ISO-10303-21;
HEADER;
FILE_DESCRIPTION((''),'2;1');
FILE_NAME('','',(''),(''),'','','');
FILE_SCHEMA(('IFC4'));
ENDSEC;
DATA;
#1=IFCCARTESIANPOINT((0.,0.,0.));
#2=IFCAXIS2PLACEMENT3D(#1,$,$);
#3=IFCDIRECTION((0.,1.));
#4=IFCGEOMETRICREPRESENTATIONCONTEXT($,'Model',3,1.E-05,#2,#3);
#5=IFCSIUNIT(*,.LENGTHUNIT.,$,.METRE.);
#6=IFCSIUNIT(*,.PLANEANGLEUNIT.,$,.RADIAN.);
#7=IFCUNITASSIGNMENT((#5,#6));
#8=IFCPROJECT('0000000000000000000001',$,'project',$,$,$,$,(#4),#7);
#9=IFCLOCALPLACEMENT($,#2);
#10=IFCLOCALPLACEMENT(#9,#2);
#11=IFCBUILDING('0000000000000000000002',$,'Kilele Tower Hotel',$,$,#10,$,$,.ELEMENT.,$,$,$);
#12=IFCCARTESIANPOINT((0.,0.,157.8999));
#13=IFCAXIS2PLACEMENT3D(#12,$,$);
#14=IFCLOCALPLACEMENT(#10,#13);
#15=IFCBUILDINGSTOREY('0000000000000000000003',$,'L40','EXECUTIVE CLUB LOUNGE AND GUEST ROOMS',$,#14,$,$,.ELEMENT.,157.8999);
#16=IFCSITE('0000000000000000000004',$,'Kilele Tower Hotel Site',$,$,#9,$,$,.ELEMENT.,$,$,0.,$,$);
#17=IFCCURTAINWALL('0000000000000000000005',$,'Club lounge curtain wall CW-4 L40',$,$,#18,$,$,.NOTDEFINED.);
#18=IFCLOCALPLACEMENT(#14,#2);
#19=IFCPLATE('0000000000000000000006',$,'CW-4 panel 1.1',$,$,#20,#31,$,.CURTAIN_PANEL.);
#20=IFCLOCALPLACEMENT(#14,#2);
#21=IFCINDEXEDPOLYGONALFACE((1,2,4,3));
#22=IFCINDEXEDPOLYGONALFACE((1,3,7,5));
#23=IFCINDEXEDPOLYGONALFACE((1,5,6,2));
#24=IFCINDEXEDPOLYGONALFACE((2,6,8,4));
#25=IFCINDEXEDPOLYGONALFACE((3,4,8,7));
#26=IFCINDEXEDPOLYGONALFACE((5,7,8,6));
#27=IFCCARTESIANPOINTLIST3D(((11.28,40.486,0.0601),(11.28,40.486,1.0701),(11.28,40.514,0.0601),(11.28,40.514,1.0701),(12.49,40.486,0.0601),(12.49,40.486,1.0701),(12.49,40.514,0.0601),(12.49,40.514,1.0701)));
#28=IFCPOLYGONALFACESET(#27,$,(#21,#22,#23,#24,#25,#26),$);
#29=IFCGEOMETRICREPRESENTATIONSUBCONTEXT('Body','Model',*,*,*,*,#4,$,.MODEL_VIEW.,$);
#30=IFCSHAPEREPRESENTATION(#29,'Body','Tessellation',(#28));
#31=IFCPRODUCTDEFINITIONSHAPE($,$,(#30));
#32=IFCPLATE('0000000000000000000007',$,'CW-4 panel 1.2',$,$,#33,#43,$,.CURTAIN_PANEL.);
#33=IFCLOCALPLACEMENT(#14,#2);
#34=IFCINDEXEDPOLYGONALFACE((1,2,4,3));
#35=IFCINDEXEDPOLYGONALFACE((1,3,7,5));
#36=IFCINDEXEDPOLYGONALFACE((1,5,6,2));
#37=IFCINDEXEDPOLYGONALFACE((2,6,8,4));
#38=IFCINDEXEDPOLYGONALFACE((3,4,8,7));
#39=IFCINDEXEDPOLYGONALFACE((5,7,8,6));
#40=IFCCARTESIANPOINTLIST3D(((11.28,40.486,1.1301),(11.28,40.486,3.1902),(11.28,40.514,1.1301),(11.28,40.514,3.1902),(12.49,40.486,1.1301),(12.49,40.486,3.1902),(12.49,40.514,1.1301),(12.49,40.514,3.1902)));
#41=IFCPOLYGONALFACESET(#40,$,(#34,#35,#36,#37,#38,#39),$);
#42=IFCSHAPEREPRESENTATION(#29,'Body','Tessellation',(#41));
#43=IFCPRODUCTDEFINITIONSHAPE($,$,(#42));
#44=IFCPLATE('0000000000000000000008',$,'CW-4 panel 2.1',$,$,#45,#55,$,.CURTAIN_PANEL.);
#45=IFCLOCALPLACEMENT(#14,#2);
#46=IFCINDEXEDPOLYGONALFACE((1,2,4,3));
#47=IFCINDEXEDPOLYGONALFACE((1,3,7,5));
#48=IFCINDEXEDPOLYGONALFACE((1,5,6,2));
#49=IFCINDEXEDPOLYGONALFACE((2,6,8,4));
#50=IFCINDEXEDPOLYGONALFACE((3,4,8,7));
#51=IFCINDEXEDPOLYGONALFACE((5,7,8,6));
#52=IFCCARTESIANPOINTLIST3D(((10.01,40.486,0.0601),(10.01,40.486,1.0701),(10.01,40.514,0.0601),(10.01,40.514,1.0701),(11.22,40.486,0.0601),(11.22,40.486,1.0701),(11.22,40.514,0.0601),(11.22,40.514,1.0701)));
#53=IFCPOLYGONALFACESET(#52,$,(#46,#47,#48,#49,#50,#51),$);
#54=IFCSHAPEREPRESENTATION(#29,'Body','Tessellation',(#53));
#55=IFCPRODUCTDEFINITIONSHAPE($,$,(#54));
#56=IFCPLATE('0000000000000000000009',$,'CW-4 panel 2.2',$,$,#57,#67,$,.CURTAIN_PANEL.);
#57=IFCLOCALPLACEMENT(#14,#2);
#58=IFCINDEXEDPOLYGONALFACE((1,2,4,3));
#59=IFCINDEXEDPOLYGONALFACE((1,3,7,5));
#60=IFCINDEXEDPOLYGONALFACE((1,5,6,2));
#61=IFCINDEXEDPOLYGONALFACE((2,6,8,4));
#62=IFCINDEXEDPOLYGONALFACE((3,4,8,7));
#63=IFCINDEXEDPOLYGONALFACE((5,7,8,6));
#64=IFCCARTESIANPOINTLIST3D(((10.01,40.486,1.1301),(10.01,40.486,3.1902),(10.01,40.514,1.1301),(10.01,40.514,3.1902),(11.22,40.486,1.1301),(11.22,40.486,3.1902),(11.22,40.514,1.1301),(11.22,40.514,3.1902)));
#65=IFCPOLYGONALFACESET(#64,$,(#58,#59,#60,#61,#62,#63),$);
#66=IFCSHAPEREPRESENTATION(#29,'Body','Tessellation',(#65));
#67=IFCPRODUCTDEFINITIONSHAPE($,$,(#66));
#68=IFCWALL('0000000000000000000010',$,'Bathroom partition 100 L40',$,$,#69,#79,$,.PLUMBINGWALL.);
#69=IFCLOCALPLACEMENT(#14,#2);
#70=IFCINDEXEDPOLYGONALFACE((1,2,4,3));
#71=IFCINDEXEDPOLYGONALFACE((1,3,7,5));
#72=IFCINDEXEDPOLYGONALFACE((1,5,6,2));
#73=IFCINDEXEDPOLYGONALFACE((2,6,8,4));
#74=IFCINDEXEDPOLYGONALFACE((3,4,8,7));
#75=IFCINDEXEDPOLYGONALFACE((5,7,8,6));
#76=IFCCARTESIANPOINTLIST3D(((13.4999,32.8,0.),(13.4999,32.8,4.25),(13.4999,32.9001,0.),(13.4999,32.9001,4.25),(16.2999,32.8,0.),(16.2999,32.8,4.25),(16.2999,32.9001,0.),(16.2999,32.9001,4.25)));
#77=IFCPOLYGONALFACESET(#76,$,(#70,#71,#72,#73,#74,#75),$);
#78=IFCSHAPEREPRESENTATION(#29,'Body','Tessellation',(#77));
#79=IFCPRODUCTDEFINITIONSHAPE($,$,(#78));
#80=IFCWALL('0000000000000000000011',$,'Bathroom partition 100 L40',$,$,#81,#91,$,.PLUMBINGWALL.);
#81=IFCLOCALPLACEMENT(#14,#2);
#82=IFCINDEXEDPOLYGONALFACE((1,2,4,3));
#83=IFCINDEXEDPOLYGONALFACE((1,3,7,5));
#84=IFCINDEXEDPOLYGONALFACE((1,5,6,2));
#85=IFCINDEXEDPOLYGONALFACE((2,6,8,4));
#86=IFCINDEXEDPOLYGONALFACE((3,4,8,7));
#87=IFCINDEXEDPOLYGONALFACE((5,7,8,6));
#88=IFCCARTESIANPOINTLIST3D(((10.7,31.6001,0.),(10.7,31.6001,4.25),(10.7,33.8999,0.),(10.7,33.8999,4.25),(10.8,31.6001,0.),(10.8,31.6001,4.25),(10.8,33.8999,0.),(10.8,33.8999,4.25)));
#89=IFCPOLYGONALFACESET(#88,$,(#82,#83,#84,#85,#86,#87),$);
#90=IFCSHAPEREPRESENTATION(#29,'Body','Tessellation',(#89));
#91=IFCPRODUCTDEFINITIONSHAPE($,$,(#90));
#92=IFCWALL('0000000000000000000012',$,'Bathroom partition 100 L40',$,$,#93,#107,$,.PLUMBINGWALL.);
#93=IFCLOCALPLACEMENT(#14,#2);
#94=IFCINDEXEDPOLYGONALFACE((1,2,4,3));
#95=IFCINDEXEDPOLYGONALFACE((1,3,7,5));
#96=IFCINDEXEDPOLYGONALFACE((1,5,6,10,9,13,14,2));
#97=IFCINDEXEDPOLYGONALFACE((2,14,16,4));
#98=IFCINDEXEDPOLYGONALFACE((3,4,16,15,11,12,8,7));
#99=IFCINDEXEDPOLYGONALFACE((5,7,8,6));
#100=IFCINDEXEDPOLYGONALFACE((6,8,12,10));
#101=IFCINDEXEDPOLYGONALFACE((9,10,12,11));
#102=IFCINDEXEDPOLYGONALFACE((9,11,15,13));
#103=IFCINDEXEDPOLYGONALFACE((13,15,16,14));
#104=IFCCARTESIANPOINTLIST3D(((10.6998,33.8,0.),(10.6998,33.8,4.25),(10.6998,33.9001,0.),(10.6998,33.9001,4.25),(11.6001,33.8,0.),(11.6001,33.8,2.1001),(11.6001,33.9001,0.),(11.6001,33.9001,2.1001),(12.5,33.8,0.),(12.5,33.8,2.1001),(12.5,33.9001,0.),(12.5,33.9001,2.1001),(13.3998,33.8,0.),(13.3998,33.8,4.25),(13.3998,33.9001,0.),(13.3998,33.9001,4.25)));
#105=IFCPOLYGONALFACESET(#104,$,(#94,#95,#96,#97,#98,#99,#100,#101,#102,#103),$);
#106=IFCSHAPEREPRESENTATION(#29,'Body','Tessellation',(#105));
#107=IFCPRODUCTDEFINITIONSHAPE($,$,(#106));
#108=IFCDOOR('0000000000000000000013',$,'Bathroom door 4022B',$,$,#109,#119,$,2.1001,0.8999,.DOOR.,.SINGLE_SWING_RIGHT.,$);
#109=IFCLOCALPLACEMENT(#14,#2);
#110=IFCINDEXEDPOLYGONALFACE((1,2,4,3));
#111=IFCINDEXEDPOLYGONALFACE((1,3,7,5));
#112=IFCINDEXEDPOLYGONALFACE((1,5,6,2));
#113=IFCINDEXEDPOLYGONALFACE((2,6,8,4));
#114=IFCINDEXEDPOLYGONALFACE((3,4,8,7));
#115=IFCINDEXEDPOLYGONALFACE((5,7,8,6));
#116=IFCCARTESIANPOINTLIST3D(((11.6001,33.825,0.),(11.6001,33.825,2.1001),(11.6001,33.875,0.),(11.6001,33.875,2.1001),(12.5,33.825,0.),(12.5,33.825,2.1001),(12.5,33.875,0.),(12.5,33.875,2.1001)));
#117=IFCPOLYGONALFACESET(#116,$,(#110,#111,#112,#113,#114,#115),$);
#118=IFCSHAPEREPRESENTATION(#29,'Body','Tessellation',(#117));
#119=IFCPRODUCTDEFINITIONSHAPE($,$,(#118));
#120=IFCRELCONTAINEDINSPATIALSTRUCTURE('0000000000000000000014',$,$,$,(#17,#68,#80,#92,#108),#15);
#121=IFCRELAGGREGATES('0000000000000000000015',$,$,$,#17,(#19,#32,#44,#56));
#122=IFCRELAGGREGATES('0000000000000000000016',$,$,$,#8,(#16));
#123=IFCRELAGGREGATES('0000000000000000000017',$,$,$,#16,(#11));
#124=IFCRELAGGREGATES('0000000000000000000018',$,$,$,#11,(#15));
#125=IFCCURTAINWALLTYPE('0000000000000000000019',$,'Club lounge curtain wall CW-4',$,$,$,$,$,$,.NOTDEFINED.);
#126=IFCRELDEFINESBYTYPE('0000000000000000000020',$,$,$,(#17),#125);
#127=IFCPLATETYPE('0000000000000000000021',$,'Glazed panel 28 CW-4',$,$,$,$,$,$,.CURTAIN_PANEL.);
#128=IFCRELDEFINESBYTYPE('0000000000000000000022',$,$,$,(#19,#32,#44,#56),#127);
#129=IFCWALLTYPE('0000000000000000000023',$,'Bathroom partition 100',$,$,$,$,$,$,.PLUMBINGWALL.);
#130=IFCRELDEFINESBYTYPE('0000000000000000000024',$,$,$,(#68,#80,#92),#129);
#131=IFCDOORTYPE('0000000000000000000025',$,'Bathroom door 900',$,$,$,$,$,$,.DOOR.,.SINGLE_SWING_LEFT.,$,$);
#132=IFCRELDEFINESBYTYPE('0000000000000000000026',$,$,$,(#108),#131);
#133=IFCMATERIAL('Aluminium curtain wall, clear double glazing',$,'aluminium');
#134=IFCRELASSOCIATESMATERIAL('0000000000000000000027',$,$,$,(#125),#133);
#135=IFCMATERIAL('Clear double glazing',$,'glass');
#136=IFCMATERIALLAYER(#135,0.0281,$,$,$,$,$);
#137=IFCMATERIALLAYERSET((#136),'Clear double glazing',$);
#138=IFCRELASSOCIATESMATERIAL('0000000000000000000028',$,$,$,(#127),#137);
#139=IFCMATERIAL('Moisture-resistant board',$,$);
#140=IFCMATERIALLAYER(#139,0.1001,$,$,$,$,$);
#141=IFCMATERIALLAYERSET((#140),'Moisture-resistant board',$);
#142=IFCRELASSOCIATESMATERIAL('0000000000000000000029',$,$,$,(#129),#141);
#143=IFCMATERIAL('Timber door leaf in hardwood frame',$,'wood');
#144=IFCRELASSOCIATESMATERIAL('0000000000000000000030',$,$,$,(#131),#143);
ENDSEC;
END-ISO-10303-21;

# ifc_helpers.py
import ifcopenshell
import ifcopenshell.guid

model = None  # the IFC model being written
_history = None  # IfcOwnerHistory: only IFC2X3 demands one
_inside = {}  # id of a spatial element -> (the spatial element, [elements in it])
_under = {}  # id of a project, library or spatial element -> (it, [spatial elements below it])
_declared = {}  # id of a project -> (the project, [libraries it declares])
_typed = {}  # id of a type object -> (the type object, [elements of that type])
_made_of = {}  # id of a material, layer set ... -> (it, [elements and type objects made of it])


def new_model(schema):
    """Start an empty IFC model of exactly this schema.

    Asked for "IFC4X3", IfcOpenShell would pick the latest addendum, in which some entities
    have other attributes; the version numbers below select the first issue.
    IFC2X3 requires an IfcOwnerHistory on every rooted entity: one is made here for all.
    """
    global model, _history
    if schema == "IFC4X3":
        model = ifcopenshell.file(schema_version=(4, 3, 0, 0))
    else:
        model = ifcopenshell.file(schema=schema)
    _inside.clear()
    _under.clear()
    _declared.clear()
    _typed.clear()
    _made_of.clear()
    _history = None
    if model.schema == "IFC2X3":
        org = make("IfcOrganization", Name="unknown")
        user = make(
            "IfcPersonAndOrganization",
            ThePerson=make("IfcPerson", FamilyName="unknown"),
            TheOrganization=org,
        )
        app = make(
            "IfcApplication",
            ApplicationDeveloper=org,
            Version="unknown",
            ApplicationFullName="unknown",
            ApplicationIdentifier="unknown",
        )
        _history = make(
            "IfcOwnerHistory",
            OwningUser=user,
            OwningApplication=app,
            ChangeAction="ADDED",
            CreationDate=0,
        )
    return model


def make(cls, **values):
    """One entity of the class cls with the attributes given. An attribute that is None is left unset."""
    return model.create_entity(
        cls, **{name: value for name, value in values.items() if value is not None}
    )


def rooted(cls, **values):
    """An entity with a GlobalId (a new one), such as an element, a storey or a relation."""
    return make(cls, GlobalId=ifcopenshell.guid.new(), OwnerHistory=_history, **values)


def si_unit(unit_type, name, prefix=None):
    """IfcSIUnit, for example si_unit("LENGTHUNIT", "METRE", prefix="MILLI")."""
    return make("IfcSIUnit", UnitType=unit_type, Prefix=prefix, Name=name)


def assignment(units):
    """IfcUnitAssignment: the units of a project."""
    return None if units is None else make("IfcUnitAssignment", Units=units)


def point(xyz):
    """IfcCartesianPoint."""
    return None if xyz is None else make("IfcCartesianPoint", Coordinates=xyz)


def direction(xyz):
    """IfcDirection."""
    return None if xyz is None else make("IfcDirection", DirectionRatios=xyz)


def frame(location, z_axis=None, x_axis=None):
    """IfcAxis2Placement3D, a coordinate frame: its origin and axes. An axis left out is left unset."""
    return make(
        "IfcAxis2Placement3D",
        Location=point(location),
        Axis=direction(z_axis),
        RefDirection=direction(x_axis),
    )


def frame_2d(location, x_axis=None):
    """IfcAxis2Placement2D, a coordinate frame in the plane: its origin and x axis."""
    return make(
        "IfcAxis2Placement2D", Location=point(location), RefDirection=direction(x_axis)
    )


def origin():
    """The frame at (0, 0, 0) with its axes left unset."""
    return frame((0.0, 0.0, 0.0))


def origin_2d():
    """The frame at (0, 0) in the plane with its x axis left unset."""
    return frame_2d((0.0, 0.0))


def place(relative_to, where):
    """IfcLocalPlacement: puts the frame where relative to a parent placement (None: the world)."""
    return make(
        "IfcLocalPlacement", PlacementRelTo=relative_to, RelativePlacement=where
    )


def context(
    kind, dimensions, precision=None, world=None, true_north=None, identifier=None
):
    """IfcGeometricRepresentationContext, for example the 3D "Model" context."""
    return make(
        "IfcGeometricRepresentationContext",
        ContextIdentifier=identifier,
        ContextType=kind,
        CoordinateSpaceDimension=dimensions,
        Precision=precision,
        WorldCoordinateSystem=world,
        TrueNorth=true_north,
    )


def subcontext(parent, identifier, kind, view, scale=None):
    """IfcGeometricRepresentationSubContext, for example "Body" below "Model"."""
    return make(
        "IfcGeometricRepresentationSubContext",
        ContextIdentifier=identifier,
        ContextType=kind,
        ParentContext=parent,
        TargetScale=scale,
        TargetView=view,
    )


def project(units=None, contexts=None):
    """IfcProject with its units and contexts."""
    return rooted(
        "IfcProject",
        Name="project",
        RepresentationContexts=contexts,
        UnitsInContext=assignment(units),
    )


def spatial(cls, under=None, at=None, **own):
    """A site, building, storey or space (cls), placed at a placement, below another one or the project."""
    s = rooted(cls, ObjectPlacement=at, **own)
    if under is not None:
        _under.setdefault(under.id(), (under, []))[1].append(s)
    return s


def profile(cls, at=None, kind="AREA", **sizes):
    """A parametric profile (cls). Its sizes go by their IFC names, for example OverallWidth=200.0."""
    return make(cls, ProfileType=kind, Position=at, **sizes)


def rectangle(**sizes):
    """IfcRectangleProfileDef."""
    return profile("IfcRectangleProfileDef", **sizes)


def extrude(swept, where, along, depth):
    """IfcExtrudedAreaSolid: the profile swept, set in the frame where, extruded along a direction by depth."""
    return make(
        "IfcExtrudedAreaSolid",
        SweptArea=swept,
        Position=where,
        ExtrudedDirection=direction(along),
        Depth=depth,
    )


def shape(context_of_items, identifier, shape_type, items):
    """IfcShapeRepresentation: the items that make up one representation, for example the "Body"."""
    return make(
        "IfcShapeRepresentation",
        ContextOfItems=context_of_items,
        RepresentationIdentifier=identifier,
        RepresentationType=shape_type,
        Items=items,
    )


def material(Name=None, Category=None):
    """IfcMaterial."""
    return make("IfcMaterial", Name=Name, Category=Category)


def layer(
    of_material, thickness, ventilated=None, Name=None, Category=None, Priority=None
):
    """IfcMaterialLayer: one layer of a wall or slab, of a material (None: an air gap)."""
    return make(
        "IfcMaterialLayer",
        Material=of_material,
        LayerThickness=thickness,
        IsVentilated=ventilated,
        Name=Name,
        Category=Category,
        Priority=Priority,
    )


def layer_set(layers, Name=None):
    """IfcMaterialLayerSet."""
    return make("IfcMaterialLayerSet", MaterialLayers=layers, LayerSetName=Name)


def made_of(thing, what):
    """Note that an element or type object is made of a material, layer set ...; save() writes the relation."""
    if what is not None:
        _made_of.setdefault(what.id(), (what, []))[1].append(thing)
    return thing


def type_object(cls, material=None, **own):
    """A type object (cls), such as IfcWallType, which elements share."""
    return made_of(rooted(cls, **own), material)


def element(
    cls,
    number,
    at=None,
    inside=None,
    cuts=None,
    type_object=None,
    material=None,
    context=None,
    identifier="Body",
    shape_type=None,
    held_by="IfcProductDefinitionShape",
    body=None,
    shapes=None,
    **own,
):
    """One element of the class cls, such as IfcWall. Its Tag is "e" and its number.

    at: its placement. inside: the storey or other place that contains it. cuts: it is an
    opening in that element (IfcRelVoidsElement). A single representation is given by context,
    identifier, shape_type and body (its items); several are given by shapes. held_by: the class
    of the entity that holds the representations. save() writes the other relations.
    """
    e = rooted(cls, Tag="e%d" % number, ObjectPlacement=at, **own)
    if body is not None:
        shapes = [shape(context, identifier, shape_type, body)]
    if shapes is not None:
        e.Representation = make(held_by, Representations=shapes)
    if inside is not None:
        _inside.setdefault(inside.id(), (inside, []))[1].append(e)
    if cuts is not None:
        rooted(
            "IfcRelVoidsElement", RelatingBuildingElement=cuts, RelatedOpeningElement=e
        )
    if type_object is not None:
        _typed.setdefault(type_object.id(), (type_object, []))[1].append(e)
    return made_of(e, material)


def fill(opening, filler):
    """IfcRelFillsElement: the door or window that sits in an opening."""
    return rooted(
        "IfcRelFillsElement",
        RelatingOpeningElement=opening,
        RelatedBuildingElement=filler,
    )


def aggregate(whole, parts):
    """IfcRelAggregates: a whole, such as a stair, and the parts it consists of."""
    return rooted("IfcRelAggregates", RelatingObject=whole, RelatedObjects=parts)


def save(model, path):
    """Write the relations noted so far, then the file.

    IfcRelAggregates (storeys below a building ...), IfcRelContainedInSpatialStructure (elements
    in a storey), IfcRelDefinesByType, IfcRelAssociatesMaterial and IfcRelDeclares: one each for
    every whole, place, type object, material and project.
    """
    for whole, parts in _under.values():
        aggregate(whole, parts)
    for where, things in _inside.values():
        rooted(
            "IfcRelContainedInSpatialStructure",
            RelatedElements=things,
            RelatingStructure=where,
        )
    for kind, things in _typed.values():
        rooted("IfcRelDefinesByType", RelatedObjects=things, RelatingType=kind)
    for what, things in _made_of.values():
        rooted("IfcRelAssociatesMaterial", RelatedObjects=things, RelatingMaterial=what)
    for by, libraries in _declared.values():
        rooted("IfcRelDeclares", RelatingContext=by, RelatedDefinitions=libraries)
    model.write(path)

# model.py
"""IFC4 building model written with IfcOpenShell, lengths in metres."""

from ifc_helpers import new_model, si_unit, direction, frame, frame_2d, origin, origin_2d, place, context, subcontext, project, spatial, rectangle, extrude, material, layer, layer_set, type_object, element, fill, aggregate, save


model = new_model("IFC4")

# Units and contexts
model_context = context("Model", 3, precision=1e-05, world=origin(), true_north=direction((0.0, 1.0)))
body_context = subcontext(model_context, "Body", "Model", "MODEL_VIEW")
ifc_project = project(units=[si_unit("LENGTHUNIT", "METRE"), si_unit("PLANEANGLEUNIT", "RADIAN")], contexts=[model_context])

# Site, building, storey
site_placement = place(None, origin())
site = spatial("IfcSite", under=ifc_project, at=site_placement, Name="Kilele Tower Hotel Site", CompositionType="ELEMENT", RefElevation=0.0)
building_placement = place(site_placement, origin())
building = spatial("IfcBuilding", under=site, at=building_placement, Name="Kilele Tower Hotel", CompositionType="ELEMENT")
storey_placement = place(building_placement, frame((0.0, 0.0, 157.8999)))
storey = spatial("IfcBuildingStorey", under=building, at=storey_placement, Name="L40", Description="EXECUTIVE CLUB LOUNGE AND GUEST ROOMS", CompositionType="ELEMENT", Elevation=157.8999)

# Shared definitions
ifc_material_1 = material(Name="Aluminium curtain wall, clear double glazing", Category="aluminium")
curtain_wall_type = type_object("IfcCurtainWallType", Name="Club lounge curtain wall CW-4", PredefinedType="NOTDEFINED", material=ifc_material_1)

# Curtain wall
curtain_wall_1_placement = place(storey_placement, origin())
curtain_wall_1 = element("IfcCurtainWall", 1, at=curtain_wall_1_placement, inside=storey, type_object=curtain_wall_type, Name="Club lounge curtain wall CW-4 L40", PredefinedType="NOTDEFINED")

# Plates
ifc_material_2 = material(Name="Clear double glazing", Category="glass")
ifc_layer_1 = layer(ifc_material_2, 0.0281)
ifc_layer_set_1 = layer_set([ifc_layer_1], Name="Clear double glazing")
plate_type = type_object("IfcPlateType", Name="Glazed panel 28 CW-4", PredefinedType="CURTAIN_PANEL", material=ifc_layer_set_1)
plate_1_placement = place(storey_placement, frame((11.885, 40.5, 0.0601), z_axis=(0.0, 0.0, 1.0), x_axis=(-1.0, 0.0, 0.0)))
plate_1 = element("IfcPlate", 2, at=plate_1_placement, type_object=plate_type, Name="CW-4 panel 1.1", PredefinedType="CURTAIN_PANEL", context=body_context, shape_type="SweptSolid", body=[
    extrude(rectangle(XDim=1.21, YDim=0.0281, at=origin_2d()), origin(), (0.0, 0.0, 1.0), 1.01),
])
plate_2_placement = place(storey_placement, frame((11.885, 40.5, 1.1301), z_axis=(0.0, 0.0, 1.0), x_axis=(-1.0, 0.0, 0.0)))
plate_2 = element("IfcPlate", 3, at=plate_2_placement, type_object=plate_type, Name="CW-4 panel 1.2", PredefinedType="CURTAIN_PANEL", context=body_context, shape_type="SweptSolid", body=[
    extrude(rectangle(XDim=1.21, YDim=0.0281, at=origin_2d()), origin(), (0.0, 0.0, 1.0), 2.0601),
])
plate_3_placement = place(storey_placement, frame((10.615, 40.5, 0.0601), z_axis=(0.0, 0.0, 1.0), x_axis=(-1.0, 0.0, 0.0)))
plate_3 = element("IfcPlate", 4, at=plate_3_placement, type_object=plate_type, Name="CW-4 panel 2.1", PredefinedType="CURTAIN_PANEL", context=body_context, shape_type="SweptSolid", body=[
    extrude(rectangle(XDim=1.21, YDim=0.0281, at=origin_2d()), origin(), (0.0, 0.0, 1.0), 1.01),
])
plate_4_placement = place(storey_placement, frame((10.615, 40.5, 1.1301), z_axis=(0.0, 0.0, 1.0), x_axis=(-1.0, 0.0, 0.0)))
plate_4 = element("IfcPlate", 5, at=plate_4_placement, type_object=plate_type, Name="CW-4 panel 2.2", PredefinedType="CURTAIN_PANEL", context=body_context, shape_type="SweptSolid", body=[
    extrude(rectangle(XDim=1.21, YDim=0.0281, at=origin_2d()), origin(), (0.0, 0.0, 1.0), 2.0601),
])
aggregate(curtain_wall_1, [plate_1, plate_2, plate_3, plate_4])

# Walls
ifc_material_3 = material(Name="Moisture-resistant board")
ifc_layer_2 = layer(ifc_material_3, 0.1001)
ifc_layer_set_2 = layer_set([ifc_layer_2], Name="Moisture-resistant board")
wall_type = type_object("IfcWallType", Name="Bathroom partition 100", PredefinedType="PLUMBINGWALL", material=ifc_layer_set_2)
wall_1_placement = place(storey_placement, frame((13.5, 32.8501, 0.0), z_axis=(0.0, 0.0, 1.0), x_axis=(1.0, 0.0, 0.0)))
element("IfcWall", 6, at=wall_1_placement, inside=storey, type_object=wall_type, Name="Bathroom partition 100 L40", PredefinedType="PLUMBINGWALL", context=body_context, shape_type="SweptSolid", body=[
    extrude(rectangle(XDim=2.8, YDim=0.1001, at=frame_2d((1.3999, 0.0))), origin(), (0.0, 0.0, 1.0), 4.25),
])
wall_2_placement = place(storey_placement, frame((10.75, 31.6001, 0.0), z_axis=(0.0, 0.0, 1.0), x_axis=(0.0, 1.0, 0.0)))
element("IfcWall", 7, at=wall_2_placement, inside=storey, type_object=wall_type, Name="Bathroom partition 100 L40", PredefinedType="PLUMBINGWALL", context=body_context, shape_type="SweptSolid", body=[
    extrude(rectangle(XDim=2.2998, YDim=0.1001, at=frame_2d((1.1499, 0.0))), origin(), (0.0, 0.0, 1.0), 4.25),
])

# Wall, opening, door
wall_3_placement = place(storey_placement, frame((13.3999, 33.8501, 0.0), z_axis=(0.0, 0.0, 1.0), x_axis=(-1.0, 0.0, 0.0)))
wall_3 = element("IfcWall", 8, at=wall_3_placement, inside=storey, type_object=wall_type, Name="Bathroom partition 100 L40", PredefinedType="PLUMBINGWALL", context=body_context, shape_type="SweptSolid", body=[
    extrude(rectangle(XDim=2.7, YDim=0.1001, at=frame_2d((1.3501, 0.0))), origin(), (0.0, 0.0, 1.0), 4.25),
])
opening_placement = place(wall_3_placement, frame((1.7998, 0.0, 0.0), z_axis=(0.0, 0.0, 1.0), x_axis=(-1.0, 0.0, 0.0)))
opening = element("IfcOpeningElement", 9, at=opening_placement, cuts=wall_3, PredefinedType="OPENING", context=body_context, shape_type="SweptSolid", body=[
    extrude(rectangle(XDim=0.8999, YDim=2.1001, at=frame_2d((0.45, 1.05))), frame((0.0, 0.0601, 0.0), z_axis=(0.0, -1.0, 0.0), x_axis=(1.0, 0.0, 0.0)), (0.0, 0.0, 1.0), 0.1201),
])
ifc_material_4 = material(Name="Timber door leaf in hardwood frame", Category="wood")
door_type = type_object("IfcDoorType", Name="Bathroom door 900", OperationType="SINGLE_SWING_LEFT", PredefinedType="DOOR", material=ifc_material_4)
door_placement = place(opening_placement, origin())
door = element("IfcDoor", 10, at=door_placement, inside=storey, type_object=door_type, Name="Bathroom door 4022B", OperationType="SINGLE_SWING_RIGHT", OverallHeight=2.1001, OverallWidth=0.8999, PredefinedType="DOOR", context=body_context, shape_type="SweptSolid", body=[
    extrude(rectangle(XDim=0.8999, YDim=2.1001, at=frame_2d((0.45, 1.05))), frame((0.0, 0.0249, 0.0), z_axis=(0.0, -1.0, 0.0), x_axis=(1.0, 0.0, 0.0)), (0.0, 0.0, 1.0), 0.05),
])
fill(opening, door)

save(model, "model.ifc")
